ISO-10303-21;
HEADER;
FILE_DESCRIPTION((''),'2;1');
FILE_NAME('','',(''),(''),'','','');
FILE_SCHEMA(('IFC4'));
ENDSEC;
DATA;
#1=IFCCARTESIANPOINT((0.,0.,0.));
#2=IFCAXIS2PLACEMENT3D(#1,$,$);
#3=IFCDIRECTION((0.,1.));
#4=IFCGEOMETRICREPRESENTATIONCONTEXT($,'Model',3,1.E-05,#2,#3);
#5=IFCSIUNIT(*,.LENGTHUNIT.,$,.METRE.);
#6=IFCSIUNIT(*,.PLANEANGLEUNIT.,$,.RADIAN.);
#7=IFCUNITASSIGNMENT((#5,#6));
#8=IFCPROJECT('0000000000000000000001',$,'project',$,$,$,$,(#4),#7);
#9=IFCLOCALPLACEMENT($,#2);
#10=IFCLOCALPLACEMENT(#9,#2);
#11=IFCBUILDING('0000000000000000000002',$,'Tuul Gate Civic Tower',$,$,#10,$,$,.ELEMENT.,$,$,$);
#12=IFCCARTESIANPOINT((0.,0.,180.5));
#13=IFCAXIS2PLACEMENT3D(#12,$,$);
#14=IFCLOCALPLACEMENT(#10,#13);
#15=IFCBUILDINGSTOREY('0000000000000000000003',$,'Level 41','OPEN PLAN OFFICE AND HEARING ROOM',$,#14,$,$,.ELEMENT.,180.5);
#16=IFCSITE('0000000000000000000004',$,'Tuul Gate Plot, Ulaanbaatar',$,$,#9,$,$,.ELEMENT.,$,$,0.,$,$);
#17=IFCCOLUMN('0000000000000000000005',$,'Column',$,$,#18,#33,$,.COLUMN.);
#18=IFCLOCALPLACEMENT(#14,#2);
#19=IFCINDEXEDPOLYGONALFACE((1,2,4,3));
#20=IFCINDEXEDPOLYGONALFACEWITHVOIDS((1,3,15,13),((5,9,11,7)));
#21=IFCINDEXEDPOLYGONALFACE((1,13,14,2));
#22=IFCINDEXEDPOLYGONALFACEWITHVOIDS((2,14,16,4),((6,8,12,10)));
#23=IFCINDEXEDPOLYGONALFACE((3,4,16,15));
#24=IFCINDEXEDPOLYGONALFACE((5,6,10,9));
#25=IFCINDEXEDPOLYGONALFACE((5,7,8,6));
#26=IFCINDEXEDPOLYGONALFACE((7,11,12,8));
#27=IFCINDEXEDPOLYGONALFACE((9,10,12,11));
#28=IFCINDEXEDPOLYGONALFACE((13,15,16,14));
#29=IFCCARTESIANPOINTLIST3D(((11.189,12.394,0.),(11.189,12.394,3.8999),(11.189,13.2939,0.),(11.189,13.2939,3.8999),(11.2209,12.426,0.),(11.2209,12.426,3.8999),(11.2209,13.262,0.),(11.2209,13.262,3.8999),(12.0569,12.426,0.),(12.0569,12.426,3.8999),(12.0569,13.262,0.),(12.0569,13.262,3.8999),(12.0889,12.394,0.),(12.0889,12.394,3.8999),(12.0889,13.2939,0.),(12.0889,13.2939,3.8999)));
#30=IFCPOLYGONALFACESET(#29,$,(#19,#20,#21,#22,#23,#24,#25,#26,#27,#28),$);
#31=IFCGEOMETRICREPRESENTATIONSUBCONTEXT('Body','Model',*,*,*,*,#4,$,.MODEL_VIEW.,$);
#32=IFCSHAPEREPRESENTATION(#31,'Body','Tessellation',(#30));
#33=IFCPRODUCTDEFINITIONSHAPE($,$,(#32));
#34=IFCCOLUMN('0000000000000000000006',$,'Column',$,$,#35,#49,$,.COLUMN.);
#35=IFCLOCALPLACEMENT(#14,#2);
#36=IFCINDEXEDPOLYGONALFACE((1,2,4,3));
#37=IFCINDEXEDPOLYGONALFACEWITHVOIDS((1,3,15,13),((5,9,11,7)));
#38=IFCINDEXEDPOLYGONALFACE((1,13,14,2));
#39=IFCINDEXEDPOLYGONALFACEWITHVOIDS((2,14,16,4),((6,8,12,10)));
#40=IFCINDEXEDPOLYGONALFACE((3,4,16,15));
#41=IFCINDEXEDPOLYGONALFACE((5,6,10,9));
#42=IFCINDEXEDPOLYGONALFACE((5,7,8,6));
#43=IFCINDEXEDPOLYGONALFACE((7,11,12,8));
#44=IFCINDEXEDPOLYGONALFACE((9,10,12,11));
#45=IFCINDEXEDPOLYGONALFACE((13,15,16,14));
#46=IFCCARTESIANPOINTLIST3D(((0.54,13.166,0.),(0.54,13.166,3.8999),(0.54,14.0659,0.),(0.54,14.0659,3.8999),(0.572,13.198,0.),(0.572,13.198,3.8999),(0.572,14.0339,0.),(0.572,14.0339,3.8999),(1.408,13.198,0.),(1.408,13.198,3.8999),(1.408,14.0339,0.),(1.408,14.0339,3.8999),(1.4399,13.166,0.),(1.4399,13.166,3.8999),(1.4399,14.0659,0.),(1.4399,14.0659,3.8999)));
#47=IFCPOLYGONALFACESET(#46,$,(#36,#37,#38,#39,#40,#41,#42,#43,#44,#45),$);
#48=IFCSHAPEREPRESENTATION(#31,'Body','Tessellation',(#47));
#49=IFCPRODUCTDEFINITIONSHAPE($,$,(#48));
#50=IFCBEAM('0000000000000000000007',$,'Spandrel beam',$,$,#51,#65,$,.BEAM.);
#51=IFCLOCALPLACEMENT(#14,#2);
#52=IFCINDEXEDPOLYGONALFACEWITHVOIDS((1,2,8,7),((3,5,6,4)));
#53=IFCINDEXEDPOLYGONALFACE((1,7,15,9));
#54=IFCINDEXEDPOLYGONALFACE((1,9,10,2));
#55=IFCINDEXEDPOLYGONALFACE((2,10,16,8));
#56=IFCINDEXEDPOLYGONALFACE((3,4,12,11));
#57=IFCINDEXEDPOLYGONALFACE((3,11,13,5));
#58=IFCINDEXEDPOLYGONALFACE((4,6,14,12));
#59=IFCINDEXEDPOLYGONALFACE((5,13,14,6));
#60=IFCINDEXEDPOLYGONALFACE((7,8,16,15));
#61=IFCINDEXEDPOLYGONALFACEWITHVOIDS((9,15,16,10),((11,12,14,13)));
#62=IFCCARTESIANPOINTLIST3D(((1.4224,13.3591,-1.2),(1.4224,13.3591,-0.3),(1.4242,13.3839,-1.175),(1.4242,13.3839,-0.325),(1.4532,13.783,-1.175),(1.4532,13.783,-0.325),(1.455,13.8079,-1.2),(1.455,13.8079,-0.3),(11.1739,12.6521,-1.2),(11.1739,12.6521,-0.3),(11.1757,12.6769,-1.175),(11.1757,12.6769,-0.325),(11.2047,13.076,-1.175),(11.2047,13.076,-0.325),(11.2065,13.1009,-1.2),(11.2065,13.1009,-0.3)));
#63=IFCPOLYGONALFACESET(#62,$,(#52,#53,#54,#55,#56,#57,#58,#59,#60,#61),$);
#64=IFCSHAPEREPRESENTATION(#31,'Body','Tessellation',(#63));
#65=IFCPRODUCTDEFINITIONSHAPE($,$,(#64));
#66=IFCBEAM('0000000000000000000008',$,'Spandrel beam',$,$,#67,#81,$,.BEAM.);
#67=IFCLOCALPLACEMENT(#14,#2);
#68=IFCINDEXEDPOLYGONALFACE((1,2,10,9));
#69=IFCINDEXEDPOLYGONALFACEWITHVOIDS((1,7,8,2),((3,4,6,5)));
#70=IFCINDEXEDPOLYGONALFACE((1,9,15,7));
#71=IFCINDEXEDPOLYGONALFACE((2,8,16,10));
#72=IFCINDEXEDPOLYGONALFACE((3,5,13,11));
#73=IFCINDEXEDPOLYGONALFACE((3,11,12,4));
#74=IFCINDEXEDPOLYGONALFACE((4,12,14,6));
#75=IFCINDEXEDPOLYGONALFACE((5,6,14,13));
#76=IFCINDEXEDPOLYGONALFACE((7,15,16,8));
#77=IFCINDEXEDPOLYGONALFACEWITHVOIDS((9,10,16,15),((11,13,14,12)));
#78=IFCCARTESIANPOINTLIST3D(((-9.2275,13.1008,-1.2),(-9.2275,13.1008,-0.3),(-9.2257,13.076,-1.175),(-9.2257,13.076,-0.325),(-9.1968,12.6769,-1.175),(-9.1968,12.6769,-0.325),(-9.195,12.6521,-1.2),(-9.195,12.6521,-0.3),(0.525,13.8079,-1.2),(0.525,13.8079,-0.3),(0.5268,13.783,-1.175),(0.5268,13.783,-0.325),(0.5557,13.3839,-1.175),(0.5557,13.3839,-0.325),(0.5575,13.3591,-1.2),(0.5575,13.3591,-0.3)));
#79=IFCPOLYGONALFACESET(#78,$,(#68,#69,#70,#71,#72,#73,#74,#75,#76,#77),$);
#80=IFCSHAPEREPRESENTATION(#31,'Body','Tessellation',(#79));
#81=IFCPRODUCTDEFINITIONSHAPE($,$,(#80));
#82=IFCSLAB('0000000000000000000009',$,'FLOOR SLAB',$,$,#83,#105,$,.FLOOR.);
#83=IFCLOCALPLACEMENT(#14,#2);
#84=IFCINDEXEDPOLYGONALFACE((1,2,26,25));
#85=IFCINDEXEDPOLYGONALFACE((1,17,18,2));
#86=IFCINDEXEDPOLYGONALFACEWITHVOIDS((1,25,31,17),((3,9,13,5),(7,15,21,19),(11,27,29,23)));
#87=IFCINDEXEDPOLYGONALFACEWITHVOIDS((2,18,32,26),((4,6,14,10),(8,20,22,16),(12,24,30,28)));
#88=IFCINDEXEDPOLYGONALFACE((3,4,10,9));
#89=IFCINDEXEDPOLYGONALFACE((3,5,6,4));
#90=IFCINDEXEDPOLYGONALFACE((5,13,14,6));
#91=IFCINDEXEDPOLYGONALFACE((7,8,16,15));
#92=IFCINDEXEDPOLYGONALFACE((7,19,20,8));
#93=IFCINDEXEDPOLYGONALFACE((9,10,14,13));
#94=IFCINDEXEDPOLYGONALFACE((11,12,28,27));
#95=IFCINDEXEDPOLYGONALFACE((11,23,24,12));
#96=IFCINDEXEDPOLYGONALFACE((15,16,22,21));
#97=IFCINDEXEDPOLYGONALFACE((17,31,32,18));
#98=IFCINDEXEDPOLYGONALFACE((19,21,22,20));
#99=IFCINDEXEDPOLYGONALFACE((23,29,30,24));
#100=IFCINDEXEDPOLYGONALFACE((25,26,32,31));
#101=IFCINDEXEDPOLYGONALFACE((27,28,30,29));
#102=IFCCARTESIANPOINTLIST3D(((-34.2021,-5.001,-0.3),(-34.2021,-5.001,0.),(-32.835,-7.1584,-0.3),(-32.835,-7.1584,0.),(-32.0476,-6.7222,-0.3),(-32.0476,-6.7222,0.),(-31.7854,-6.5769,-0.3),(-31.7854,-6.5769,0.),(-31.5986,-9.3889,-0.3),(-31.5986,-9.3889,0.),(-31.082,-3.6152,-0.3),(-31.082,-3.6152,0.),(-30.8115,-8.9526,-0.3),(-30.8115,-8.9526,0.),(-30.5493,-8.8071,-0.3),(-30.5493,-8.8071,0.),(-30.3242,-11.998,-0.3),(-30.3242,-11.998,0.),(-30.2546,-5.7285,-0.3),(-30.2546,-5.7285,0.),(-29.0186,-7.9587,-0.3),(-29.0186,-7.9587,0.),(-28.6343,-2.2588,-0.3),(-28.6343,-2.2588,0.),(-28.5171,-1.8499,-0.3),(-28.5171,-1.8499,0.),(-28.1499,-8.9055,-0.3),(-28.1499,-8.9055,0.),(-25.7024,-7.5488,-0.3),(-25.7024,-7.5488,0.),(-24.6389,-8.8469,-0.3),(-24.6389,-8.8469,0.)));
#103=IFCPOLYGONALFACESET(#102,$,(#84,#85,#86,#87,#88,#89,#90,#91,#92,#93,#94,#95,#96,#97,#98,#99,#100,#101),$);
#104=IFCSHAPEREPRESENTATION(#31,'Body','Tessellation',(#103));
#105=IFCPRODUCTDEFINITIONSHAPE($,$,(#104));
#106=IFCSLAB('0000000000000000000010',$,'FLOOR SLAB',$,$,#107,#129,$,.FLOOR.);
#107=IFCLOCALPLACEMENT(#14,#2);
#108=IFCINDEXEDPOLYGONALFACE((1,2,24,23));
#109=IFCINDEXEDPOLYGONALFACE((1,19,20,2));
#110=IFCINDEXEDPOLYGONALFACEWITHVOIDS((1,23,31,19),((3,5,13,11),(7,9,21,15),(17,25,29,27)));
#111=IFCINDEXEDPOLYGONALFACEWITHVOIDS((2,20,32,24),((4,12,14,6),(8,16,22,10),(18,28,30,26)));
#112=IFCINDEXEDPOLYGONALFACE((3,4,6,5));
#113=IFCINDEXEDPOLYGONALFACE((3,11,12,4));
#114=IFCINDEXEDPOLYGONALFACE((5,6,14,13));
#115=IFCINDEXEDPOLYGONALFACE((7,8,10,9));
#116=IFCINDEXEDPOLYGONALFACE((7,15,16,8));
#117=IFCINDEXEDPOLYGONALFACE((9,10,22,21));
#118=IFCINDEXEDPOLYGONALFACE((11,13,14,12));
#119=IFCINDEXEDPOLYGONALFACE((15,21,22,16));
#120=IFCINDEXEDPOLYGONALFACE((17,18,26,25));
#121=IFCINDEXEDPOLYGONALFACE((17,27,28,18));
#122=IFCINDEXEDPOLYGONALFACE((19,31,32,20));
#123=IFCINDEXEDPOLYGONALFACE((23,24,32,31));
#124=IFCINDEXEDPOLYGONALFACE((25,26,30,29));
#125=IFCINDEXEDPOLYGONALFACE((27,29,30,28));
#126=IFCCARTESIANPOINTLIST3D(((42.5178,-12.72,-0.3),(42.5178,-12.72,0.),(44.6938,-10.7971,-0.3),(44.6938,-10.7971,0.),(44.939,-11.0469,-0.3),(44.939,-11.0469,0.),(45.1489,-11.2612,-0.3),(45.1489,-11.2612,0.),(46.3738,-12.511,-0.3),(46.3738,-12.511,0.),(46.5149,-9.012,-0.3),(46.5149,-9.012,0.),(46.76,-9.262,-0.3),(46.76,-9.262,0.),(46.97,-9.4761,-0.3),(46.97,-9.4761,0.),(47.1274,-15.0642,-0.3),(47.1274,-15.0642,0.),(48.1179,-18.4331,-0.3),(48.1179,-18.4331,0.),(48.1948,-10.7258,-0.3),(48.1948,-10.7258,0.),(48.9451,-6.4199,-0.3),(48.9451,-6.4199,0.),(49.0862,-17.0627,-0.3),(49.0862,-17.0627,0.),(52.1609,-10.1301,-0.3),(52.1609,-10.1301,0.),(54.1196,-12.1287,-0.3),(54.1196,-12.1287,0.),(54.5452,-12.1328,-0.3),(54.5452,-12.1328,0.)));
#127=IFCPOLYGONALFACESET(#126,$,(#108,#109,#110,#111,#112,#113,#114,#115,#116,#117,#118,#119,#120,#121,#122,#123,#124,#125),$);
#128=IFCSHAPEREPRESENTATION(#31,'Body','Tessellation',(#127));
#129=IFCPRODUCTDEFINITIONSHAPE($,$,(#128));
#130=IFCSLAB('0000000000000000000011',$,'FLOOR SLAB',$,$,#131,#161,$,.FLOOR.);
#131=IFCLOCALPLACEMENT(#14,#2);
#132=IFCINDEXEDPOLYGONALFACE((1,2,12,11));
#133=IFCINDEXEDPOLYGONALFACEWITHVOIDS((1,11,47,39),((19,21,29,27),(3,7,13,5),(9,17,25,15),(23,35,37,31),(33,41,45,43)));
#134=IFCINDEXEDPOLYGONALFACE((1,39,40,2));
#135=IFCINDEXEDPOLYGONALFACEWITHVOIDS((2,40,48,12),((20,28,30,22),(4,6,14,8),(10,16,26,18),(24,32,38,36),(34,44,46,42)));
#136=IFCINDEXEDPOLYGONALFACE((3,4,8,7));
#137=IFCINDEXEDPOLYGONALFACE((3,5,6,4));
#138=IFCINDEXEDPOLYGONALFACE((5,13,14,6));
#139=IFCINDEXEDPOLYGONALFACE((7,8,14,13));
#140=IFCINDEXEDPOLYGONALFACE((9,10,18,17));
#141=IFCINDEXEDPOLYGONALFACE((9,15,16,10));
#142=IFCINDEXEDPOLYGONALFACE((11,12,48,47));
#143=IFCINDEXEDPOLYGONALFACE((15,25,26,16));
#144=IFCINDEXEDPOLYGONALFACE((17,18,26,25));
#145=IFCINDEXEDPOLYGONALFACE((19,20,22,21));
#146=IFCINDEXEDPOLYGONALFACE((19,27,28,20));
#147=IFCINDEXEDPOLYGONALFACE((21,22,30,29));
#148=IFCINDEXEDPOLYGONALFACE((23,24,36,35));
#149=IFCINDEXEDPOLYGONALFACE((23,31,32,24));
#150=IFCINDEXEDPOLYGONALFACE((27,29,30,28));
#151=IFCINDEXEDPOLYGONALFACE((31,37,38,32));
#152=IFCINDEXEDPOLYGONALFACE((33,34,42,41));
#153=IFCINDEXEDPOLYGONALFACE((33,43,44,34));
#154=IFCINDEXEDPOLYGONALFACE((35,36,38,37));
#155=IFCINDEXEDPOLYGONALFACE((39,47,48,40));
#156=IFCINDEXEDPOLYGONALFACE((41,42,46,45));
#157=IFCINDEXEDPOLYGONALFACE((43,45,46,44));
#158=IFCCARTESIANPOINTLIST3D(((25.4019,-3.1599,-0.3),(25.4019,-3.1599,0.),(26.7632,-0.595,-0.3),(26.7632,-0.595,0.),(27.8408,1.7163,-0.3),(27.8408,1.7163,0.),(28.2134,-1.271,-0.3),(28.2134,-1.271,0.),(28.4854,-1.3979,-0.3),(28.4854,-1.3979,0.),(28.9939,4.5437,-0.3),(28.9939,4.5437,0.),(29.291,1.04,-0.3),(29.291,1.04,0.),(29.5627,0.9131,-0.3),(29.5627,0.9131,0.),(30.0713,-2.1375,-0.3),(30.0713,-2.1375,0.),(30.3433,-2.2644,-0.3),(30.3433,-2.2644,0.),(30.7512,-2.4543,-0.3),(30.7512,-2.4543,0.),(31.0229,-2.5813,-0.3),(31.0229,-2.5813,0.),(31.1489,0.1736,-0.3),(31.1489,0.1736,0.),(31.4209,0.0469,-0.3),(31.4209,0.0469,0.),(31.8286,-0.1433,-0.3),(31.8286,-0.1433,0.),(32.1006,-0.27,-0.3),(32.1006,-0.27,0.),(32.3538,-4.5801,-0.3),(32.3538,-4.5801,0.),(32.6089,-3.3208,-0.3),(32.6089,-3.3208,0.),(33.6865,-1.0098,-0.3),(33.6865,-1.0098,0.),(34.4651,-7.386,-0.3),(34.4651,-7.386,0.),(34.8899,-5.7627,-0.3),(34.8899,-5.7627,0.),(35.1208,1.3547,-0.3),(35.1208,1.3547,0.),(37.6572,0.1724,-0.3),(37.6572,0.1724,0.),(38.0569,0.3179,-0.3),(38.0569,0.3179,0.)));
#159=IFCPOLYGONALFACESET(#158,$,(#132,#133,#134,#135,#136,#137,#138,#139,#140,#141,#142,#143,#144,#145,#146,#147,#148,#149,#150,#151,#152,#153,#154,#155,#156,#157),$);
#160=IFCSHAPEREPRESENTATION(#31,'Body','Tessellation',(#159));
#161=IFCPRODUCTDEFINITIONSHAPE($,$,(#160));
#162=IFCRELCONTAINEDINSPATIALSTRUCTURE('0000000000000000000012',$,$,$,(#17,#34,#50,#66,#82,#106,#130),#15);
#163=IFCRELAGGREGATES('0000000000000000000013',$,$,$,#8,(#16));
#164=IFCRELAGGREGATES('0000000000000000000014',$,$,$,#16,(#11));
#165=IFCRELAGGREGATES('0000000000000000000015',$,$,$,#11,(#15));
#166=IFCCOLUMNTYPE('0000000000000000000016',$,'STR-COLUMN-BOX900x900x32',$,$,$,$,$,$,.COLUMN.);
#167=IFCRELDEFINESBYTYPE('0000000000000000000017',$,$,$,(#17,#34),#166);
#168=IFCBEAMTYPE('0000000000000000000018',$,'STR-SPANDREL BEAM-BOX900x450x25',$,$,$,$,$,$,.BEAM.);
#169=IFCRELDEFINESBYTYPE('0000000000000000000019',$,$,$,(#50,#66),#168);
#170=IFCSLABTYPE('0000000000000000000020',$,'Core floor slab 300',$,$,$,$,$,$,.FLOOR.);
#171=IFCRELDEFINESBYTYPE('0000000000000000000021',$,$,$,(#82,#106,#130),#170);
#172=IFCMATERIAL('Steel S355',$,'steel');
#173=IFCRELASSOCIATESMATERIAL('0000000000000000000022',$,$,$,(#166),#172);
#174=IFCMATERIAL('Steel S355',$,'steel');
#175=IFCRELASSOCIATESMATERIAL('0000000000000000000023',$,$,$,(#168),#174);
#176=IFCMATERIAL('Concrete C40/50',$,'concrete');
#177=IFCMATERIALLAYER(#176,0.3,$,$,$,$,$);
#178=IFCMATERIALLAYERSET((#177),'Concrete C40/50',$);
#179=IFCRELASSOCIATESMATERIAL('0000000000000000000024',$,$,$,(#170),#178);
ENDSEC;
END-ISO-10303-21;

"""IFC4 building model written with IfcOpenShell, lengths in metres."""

from ifc_helpers import new_model, si_unit, direction, frame, origin, origin_2d, place, context, subcontext, project, spatial, polyline, hollow_rectangle, outline, extrude, material, layer, layer_set, material_profile, profile_set, type_object, element, save


model = new_model("IFC4")

# Units and contexts
model_context = context("Model", 3, precision=1e-05, world=origin(), true_north=direction((0.0, 1.0)))
body_context = subcontext(model_context, "Body", "Model", "MODEL_VIEW")
ifc_project = project(units=[si_unit("LENGTHUNIT", "METRE"), si_unit("PLANEANGLEUNIT", "RADIAN")], contexts=[model_context])

# Site, building, storey
site_placement = place(None, origin())
site = spatial("IfcSite", under=ifc_project, at=site_placement, Name="Tuul Gate Plot, Ulaanbaatar", CompositionType="ELEMENT", RefElevation=0.0)
building_placement = place(site_placement, origin())
building = spatial("IfcBuilding", under=site, at=building_placement, Name="Tuul Gate Civic Tower", CompositionType="ELEMENT")
storey_placement = place(building_placement, frame((0.0, 0.0, 180.5)))
storey = spatial("IfcBuildingStorey", under=building, at=storey_placement, Name="Level 41", Description="OPEN PLAN OFFICE AND HEARING ROOM", CompositionType="ELEMENT", Elevation=180.5)

# Columns
ifc_material_1 = material(Name="Steel S355", Category="steel")
ifc_material_profile_1 = material_profile(ifc_material_1, hollow_rectangle(XDim=0.8999, YDim=0.8999, WallThickness=0.032, at=origin_2d()), Name="BOX900x900x32")
ifc_profile_set_1 = profile_set([ifc_material_profile_1], Name="Steel S355")
column_type = type_object("IfcColumnType", Name="STR-COLUMN-BOX900x900x32", PredefinedType="COLUMN", material=ifc_profile_set_1)
for number, where, z_axis, x_axis, name in (
    (1, (11.6389, 12.844, 0.0), (0.0, 0.0, 1.0), (1.0, 0.0, 0.0), "Column"),
    (2, (0.99, 13.616, 0.0), (0.0, 0.0, 1.0), (1.0, 0.0, 0.0), "Column"),
):
    element("IfcColumn", number, at=place(storey_placement, frame(where, z_axis=z_axis, x_axis=x_axis)), inside=storey, type_object=column_type, Name=name, PredefinedType="COLUMN", context=body_context, shape_type="SweptSolid", body=[
        extrude(hollow_rectangle(XDim=0.8999, YDim=0.8999, WallThickness=0.032, at=origin_2d()), origin(), (0.0, 0.0, 1.0), 3.8999),
    ])

# Beams
ifc_material_2 = material(Name="Steel S355", Category="steel")
ifc_material_profile_2 = material_profile(ifc_material_2, hollow_rectangle(XDim=0.45, YDim=0.8999, WallThickness=0.0249, at=origin_2d()), Name="BOX900x450x25")
ifc_profile_set_2 = profile_set([ifc_material_profile_2], Name="Steel S355")
beam_type = type_object("IfcBeamType", Name="STR-SPANDREL BEAM-BOX900x450x25", PredefinedType="BEAM", material=ifc_profile_set_2)
beam_1_placement = place(storey_placement, frame((11.1902, 12.8765, -0.75), z_axis=(-0.997382, 0.072315, 0.0), x_axis=(-0.072315, -0.997382, 0.0)))
element("IfcBeam", 3, at=beam_1_placement, inside=storey, type_object=beam_type, Name="Spandrel beam", PredefinedType="BEAM", context=body_context, shape_type="SweptSolid", body=[
    extrude(hollow_rectangle(XDim=0.45, YDim=0.8999, WallThickness=0.0249, at=origin_2d()), origin(), (0.0, 0.0, 1.0), 9.7771),
])
beam_2_placement = place(storey_placement, frame((0.5413, 13.5835, -0.75), z_axis=(-0.997382, -0.072308, 0.0), x_axis=(0.072308, -0.997382, 0.0)))
element("IfcBeam", 4, at=beam_2_placement, inside=storey, type_object=beam_type, Name="Spandrel beam", PredefinedType="BEAM", context=body_context, shape_type="SweptSolid", body=[
    extrude(hollow_rectangle(XDim=0.45, YDim=0.8999, WallThickness=0.0249, at=origin_2d()), origin(), (0.0, 0.0, 1.0), 9.7781),
])

# Slabs
ifc_material_3 = material(Name="Concrete C40/50", Category="concrete")
ifc_layer_1 = layer(ifc_material_3, 0.3)
ifc_layer_set_1 = layer_set([ifc_layer_1], Name="Concrete C40/50")
slab_type_1 = type_object("IfcSlabType", Name="Core floor slab 300", PredefinedType="FLOOR", material=ifc_layer_set_1)
slab_1_placement = place(storey_placement, frame((0.0, 0.0, -0.3)))
element("IfcSlab", 5, at=slab_1_placement, inside=storey, type_object=slab_type_1, Name="FLOOR SLAB", PredefinedType="FLOOR", context=body_context, shape_type="SweptSolid", body=[
    extrude(outline(polyline([(-24.6389, -8.8469), (-28.5171, -1.8499), (-34.2021, -5.001), (-30.3242, -11.998), (-24.6389, -8.8469)]), holes=[polyline([(-29.0186, -7.9587), (-30.2546, -5.7285), (-31.7854, -6.5769), (-30.5493, -8.8071), (-29.0186, -7.9587)]), polyline([(-30.8115, -8.9526), (-32.0476, -6.7222), (-32.835, -7.1584), (-31.5986, -9.3889), (-30.8115, -8.9526)]), polyline([(-25.7024, -7.5488), (-28.1499, -8.9055), (-31.082, -3.6152), (-28.6343, -2.2588), (-25.7024, -7.5488)])]), origin(), (0.0, 0.0, 1.0), 0.3),
])
slab_2_placement = place(storey_placement, frame((0.0, 0.0, -0.3)))
element("IfcSlab", 6, at=slab_2_placement, inside=storey, type_object=slab_type_1, Name="FLOOR SLAB", PredefinedType="FLOOR", context=body_context, shape_type="SweptSolid", body=[
    extrude(outline(polyline([(48.1179, -18.4331), (54.5452, -12.1328), (48.9451, -6.4199), (42.5178, -12.72), (48.1179, -18.4331)]), holes=[polyline([(46.3738, -12.511), (48.1948, -10.7258), (46.97, -9.4761), (45.1489, -11.2612), (46.3738, -12.511)]), polyline([(44.939, -11.0469), (46.76, -9.262), (46.5149, -9.012), (44.6938, -10.7971), (44.939, -11.0469)]), polyline([(49.0862, -17.0627), (47.1274, -15.0642), (52.1609, -10.1301), (54.1196, -12.1287), (49.0862, -17.0627)])]), origin(), (0.0, 0.0, 1.0), 0.3),
])
slab_3_placement = place(storey_placement, frame((0.0, 0.0, -0.3)))
element("IfcSlab", 7, at=slab_3_placement, inside=storey, type_object=slab_type_1, Name="FLOOR SLAB", PredefinedType="FLOOR", context=body_context, shape_type="SweptSolid", body=[
    extrude(outline(polyline([(34.4651, -7.386), (38.0569, 0.3179), (28.9939, 4.5437), (25.4019, -3.1599), (34.4651, -7.386)]), holes=[polyline([(32.6089, -3.3208), (33.6865, -1.0098), (32.1006, -0.27), (31.0229, -2.5813), (32.6089, -3.3208)]), polyline([(30.0713, -2.1375), (31.1489, 0.1736), (29.5627, 0.9131), (28.4854, -1.3979), (30.0713, -2.1375)]), polyline([(30.7512, -2.4543), (31.8286, -0.1433), (31.4209, 0.0469), (30.3433, -2.2644), (30.7512, -2.4543)]), polyline([(28.2134, -1.271), (29.291, 1.04), (27.8408, 1.7163), (26.7632, -0.595), (28.2134, -1.271)]), polyline([(34.8899, -5.7627), (32.3538, -4.5801), (35.1208, 1.3547), (37.6572, 0.1724), (34.8899, -5.7627)])]), origin(), (0.0, 0.0, 1.0), 0.3),
])

save(model, "model.ifc")
